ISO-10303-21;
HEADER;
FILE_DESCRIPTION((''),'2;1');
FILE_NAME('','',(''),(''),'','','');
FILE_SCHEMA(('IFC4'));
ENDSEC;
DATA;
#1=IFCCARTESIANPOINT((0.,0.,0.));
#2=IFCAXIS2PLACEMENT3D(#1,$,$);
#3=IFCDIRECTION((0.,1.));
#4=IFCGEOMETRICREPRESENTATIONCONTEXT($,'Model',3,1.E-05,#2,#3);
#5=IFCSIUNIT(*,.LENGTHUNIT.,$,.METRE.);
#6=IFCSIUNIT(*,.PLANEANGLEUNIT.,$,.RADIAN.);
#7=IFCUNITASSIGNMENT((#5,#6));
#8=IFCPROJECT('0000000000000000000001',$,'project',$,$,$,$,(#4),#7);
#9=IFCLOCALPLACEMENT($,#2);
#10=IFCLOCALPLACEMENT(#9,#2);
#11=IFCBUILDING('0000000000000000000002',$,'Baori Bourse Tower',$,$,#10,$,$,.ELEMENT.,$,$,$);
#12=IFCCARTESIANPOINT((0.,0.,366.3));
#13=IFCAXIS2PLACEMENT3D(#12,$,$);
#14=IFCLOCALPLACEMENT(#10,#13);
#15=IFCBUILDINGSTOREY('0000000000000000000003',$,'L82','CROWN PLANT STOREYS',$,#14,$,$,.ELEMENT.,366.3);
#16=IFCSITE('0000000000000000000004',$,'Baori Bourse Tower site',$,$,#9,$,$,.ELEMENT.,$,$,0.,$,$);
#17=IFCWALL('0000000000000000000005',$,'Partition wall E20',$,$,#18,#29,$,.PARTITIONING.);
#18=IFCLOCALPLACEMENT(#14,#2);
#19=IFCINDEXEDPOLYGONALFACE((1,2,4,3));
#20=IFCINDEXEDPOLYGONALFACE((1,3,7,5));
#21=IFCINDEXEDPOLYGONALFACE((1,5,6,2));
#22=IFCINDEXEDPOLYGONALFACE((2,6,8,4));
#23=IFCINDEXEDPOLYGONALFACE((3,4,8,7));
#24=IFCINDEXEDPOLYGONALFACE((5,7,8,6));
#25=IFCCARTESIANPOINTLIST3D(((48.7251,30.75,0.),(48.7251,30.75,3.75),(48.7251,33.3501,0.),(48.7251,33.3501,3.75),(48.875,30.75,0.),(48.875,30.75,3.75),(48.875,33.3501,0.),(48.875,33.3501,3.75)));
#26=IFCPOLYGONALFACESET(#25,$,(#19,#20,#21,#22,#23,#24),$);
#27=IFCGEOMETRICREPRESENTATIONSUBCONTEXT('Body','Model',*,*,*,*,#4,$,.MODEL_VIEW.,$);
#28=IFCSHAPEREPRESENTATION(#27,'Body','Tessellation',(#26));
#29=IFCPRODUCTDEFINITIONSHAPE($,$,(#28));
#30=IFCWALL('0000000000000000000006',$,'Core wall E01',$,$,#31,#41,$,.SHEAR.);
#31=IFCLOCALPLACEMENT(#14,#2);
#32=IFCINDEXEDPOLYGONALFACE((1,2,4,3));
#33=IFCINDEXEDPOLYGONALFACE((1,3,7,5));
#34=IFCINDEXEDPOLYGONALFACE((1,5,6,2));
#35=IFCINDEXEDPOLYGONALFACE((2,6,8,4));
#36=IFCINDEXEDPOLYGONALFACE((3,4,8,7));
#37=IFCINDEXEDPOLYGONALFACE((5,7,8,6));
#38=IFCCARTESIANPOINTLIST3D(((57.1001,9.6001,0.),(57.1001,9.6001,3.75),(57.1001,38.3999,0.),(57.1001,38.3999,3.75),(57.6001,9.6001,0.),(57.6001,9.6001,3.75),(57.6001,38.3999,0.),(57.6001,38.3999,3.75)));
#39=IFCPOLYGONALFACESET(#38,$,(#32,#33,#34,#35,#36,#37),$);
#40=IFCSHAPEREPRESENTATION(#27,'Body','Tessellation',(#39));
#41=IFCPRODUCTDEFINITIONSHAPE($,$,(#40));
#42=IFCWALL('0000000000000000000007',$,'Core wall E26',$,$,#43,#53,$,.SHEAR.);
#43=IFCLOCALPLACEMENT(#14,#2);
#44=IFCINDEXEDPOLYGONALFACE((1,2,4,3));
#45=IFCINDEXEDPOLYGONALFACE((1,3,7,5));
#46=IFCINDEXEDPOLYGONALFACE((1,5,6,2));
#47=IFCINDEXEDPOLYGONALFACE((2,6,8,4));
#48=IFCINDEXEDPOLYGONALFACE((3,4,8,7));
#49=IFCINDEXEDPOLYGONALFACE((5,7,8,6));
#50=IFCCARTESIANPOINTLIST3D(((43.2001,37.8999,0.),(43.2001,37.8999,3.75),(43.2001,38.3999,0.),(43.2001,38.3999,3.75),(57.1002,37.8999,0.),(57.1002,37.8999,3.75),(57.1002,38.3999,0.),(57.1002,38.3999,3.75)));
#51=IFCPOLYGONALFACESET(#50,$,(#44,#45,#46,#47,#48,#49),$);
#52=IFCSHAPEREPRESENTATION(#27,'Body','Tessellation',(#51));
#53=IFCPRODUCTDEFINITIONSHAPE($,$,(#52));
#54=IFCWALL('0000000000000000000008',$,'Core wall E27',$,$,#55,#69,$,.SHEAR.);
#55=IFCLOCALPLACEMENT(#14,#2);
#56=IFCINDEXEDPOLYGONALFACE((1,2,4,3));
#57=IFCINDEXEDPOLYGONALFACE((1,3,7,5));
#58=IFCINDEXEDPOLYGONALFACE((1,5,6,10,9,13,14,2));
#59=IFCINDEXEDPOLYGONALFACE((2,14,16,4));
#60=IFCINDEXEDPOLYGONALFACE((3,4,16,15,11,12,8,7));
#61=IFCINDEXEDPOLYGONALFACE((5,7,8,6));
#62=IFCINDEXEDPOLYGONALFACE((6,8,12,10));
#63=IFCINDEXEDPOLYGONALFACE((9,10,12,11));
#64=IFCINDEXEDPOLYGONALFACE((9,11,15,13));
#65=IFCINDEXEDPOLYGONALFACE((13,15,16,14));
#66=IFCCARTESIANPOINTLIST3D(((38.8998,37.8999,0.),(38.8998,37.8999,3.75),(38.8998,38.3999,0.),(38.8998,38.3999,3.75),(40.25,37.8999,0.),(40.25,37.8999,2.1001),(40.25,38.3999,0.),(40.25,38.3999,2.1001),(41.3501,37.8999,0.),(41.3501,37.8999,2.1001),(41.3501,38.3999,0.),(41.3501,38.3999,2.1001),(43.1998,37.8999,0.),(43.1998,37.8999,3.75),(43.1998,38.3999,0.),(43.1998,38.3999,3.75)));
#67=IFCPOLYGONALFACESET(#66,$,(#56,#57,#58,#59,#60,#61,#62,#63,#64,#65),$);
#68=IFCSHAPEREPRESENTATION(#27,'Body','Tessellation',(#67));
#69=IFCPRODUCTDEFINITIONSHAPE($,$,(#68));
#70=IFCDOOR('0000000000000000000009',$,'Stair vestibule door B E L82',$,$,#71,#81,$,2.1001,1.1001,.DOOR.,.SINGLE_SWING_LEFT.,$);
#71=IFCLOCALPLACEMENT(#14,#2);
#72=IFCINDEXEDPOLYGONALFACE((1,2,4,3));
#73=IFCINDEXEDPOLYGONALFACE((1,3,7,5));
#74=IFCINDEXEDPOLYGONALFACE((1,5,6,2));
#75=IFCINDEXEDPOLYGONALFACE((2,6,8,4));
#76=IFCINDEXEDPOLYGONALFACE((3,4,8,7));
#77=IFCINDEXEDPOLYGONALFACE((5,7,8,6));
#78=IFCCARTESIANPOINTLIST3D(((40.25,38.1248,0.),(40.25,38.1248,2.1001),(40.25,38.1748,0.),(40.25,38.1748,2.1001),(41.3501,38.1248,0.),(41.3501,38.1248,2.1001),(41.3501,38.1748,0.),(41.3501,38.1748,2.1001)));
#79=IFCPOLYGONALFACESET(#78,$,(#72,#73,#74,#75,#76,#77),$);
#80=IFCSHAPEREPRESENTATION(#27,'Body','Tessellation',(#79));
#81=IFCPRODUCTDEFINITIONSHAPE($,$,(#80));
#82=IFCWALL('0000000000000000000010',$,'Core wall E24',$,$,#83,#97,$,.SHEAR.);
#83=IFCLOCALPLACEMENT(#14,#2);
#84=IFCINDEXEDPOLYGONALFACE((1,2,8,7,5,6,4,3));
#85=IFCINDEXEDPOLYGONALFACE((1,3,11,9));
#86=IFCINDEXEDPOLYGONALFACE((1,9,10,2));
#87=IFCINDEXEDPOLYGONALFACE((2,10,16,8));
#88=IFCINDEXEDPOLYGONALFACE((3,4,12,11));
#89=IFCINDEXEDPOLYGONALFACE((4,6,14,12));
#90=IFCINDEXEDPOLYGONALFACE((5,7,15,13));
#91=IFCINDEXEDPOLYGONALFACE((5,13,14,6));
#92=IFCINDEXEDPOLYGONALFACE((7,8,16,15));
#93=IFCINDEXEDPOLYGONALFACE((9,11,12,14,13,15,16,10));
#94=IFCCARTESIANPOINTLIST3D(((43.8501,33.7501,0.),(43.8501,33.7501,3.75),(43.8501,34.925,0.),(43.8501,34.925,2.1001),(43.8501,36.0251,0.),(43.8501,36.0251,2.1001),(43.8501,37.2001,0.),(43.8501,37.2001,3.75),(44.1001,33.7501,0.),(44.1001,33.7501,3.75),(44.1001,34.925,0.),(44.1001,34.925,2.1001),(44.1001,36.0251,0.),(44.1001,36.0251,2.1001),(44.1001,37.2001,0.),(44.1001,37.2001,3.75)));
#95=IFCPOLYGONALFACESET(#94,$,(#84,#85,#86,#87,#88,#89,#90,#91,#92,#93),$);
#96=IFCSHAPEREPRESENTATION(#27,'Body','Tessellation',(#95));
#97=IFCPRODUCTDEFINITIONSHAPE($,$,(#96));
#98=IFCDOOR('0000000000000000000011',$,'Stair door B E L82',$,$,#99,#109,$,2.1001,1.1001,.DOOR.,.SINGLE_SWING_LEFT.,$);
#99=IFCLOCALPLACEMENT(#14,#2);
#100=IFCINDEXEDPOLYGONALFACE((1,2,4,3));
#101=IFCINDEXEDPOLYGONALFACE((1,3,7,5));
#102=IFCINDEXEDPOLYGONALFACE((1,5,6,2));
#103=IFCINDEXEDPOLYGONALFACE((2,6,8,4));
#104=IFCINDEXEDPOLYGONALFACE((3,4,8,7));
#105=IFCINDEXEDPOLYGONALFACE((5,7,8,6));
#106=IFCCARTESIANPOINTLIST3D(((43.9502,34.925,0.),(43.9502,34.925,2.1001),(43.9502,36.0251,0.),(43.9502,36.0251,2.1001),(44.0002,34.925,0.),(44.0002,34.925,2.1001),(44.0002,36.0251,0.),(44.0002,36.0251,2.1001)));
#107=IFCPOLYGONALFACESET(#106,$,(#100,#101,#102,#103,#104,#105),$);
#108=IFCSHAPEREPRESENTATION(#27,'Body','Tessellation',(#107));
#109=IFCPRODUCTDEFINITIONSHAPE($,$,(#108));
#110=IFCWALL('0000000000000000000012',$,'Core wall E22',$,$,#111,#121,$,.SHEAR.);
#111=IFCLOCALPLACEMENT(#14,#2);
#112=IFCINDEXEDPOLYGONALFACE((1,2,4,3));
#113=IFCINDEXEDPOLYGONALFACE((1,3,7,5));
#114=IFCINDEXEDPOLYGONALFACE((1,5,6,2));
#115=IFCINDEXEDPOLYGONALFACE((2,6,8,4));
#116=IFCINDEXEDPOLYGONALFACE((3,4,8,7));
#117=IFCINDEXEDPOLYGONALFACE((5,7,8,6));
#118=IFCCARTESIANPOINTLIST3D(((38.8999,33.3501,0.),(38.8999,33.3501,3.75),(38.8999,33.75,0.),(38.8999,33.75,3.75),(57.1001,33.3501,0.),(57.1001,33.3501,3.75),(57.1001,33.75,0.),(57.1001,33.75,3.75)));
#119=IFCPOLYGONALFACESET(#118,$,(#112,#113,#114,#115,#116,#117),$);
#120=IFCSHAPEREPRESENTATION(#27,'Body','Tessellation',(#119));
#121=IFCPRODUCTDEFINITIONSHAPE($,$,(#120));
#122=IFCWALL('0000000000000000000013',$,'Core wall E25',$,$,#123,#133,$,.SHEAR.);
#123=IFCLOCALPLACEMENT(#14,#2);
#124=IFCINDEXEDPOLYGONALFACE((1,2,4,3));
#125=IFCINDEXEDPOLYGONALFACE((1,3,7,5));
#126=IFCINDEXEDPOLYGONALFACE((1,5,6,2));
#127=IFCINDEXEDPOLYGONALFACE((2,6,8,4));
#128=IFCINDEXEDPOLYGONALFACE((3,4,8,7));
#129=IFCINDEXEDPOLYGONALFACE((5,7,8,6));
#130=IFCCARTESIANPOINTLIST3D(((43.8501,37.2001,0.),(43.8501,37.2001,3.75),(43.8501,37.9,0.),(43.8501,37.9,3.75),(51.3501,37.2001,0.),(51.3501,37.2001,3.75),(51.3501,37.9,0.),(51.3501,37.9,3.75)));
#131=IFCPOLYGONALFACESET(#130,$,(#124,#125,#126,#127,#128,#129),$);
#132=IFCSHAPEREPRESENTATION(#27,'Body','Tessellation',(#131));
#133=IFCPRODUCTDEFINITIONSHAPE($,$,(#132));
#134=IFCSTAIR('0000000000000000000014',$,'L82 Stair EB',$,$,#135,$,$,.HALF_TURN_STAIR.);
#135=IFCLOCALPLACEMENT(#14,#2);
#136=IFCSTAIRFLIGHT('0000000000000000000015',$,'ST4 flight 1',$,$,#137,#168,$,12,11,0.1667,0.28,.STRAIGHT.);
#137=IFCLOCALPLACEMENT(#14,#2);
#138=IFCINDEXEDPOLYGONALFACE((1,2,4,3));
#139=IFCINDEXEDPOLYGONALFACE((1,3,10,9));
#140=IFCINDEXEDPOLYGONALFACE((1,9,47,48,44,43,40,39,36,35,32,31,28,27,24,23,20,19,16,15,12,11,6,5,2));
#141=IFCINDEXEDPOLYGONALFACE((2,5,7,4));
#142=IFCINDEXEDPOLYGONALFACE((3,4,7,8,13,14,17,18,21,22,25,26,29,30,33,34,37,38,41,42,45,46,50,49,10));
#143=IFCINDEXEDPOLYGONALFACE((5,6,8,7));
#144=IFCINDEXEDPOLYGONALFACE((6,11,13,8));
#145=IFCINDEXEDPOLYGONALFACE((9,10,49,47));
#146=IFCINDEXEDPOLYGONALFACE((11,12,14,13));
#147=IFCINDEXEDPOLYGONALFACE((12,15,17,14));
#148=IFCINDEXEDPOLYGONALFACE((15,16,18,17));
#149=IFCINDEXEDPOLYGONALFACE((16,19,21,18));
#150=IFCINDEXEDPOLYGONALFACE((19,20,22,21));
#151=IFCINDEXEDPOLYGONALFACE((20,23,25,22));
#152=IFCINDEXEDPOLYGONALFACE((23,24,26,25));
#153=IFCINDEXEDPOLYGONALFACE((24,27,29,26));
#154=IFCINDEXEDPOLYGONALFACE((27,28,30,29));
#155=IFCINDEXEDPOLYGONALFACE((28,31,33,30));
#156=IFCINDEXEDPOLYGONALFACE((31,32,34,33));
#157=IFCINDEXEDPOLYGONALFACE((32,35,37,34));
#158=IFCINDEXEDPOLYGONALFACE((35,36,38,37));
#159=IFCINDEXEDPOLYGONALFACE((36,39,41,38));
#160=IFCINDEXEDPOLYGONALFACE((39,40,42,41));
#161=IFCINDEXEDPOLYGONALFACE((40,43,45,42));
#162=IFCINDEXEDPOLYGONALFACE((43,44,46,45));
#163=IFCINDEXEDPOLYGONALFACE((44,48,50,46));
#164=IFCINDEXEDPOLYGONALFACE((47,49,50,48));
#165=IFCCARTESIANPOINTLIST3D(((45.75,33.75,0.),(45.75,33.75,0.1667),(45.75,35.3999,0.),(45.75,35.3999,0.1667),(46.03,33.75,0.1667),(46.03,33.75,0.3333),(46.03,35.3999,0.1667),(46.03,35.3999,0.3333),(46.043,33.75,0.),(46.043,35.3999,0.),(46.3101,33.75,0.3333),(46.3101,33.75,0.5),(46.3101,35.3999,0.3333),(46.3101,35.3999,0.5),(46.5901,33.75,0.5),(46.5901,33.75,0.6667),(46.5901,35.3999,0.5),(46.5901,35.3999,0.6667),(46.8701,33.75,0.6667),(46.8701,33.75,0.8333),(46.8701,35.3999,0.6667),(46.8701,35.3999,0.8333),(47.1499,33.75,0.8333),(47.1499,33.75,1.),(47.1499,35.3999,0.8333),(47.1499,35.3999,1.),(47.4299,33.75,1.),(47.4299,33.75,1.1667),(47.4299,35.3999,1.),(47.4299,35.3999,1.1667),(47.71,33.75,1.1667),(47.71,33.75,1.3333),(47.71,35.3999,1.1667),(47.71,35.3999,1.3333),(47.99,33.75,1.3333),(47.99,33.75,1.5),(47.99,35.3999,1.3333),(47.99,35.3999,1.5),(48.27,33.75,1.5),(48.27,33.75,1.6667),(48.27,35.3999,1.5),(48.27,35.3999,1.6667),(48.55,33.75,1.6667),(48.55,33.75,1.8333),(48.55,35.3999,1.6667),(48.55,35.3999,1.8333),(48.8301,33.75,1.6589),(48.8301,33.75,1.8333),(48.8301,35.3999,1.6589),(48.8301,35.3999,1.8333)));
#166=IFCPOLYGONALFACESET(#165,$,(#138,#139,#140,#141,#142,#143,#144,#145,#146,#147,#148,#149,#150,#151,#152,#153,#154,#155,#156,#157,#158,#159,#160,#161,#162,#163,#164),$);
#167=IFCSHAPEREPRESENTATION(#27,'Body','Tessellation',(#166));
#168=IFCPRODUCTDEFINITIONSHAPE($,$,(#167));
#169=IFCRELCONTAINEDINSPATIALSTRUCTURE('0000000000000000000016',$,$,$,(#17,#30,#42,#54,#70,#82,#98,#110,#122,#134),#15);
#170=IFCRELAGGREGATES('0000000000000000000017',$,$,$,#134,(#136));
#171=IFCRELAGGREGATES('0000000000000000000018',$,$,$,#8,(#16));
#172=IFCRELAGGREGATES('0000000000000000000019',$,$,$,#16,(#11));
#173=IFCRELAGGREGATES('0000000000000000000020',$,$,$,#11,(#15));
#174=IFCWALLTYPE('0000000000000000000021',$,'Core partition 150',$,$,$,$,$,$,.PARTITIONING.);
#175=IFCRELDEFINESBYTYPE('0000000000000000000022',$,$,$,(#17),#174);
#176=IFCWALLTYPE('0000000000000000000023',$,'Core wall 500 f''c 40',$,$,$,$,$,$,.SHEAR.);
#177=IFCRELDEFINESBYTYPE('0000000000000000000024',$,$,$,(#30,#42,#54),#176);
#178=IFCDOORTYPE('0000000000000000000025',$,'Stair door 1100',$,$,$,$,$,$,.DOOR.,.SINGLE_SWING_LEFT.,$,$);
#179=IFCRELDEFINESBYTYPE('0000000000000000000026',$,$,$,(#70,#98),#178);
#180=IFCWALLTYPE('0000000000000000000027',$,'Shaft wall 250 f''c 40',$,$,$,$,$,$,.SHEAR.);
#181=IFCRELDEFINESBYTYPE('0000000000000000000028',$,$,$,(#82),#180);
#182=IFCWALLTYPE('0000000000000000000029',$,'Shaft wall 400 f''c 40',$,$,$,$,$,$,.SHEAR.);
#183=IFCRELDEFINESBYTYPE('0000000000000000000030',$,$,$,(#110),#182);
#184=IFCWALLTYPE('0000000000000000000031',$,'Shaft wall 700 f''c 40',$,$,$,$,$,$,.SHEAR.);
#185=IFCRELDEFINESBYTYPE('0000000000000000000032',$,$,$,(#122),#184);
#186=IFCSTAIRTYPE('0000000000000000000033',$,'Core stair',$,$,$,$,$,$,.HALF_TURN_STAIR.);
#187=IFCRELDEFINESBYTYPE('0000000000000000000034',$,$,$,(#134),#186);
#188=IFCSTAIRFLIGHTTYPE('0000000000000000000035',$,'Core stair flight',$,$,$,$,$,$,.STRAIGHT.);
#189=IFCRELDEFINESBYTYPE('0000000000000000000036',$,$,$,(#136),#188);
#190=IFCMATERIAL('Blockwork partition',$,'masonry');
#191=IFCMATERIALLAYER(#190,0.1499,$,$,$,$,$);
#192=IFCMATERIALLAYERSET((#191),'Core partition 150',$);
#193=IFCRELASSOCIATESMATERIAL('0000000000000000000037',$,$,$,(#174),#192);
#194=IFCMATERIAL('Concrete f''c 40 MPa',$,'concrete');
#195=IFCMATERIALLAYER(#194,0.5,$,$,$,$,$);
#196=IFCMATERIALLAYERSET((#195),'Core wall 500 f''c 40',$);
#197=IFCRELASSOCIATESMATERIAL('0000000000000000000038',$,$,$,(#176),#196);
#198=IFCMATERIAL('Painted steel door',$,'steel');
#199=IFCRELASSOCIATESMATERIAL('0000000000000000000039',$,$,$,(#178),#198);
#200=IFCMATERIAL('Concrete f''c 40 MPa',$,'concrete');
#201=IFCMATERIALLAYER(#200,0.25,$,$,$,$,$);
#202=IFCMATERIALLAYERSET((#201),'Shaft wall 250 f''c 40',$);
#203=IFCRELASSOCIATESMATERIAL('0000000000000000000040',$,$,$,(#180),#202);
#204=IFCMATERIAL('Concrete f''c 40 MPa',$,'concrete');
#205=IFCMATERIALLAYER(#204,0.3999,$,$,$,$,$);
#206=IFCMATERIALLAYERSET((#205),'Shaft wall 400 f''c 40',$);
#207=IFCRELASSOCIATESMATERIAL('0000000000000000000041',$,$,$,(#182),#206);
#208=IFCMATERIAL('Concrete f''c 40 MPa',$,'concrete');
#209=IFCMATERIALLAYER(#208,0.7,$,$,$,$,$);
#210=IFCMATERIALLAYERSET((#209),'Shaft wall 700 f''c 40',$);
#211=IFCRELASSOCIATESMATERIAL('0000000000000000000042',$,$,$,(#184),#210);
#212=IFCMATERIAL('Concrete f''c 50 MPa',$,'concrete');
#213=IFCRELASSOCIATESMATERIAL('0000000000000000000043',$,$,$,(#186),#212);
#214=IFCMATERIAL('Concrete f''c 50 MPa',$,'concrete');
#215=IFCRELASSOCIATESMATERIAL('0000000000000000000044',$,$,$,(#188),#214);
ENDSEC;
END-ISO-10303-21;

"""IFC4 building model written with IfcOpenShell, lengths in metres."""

from ifc_helpers import new_model, si_unit, direction, frame, frame_2d, origin, place, context, subcontext, project, spatial, polyline, rectangle, outline, extrude, material, layer, layer_set, type_object, element, fill, aggregate, save


model = new_model("IFC4")

# Units and contexts
model_context = context("Model", 3, precision=1e-05, world=origin(), true_north=direction((0.0, 1.0)))
body_context = subcontext(model_context, "Body", "Model", "MODEL_VIEW")
ifc_project = project(units=[si_unit("LENGTHUNIT", "METRE"), si_unit("PLANEANGLEUNIT", "RADIAN")], contexts=[model_context])

# Site, building, storey
site_placement = place(None, origin())
site = spatial("IfcSite", under=ifc_project, at=site_placement, Name="Baori Bourse Tower site", CompositionType="ELEMENT", RefElevation=0.0)
building_placement = place(site_placement, origin())
building = spatial("IfcBuilding", under=site, at=building_placement, Name="Baori Bourse Tower", CompositionType="ELEMENT")
storey_placement = place(building_placement, frame((0.0, 0.0, 366.3)))
storey = spatial("IfcBuildingStorey", under=building, at=storey_placement, Name="L82", Description="CROWN PLANT STOREYS", CompositionType="ELEMENT", Elevation=366.3)

# Walls
ifc_material_1 = material(Name="Blockwork partition", Category="masonry")
ifc_layer_1 = layer(ifc_material_1, 0.1499)
ifc_layer_set_1 = layer_set([ifc_layer_1], Name="Core partition 150")
wall_type_1 = type_object("IfcWallType", Name="Core partition 150", PredefinedType="PARTITIONING", material=ifc_layer_set_1)
wall_1_placement = place(storey_placement, frame((48.8, 30.75, 0.0), z_axis=(0.0, 0.0, 1.0), x_axis=(0.0, 1.0, 0.0)))
element("IfcWall", 1, at=wall_1_placement, inside=storey, type_object=wall_type_1, Name="Partition wall E20", PredefinedType="PARTITIONING", context=body_context, shape_type="SweptSolid", body=[
    extrude(rectangle(XDim=2.6001, YDim=0.1499, at=frame_2d((1.3, 0.0))), origin(), (0.0, 0.0, 1.0), 3.75),
])
ifc_material_2 = material(Name="Concrete f'c 40 MPa", Category="concrete")
ifc_layer_2 = layer(ifc_material_2, 0.5)
ifc_layer_set_2 = layer_set([ifc_layer_2], Name="Core wall 500 f'c 40")
wall_type_2 = type_object("IfcWallType", Name="Core wall 500 f'c 40", PredefinedType="SHEAR", material=ifc_layer_set_2)
wall_2_placement = place(storey_placement, frame((57.3501, 38.3999, 0.0), z_axis=(0.0, 0.0, 1.0), x_axis=(0.0, -1.0, 0.0)))
element("IfcWall", 2, at=wall_2_placement, inside=storey, type_object=wall_type_2, Name="Core wall E01", PredefinedType="SHEAR", context=body_context, shape_type="SweptSolid", body=[
    extrude(rectangle(XDim=28.7998, YDim=0.5, at=frame_2d((14.3999, 0.0))), origin(), (0.0, 0.0, 1.0), 3.75),
])
wall_3_placement = place(storey_placement, frame((43.2, 38.1499, 0.0), z_axis=(0.0, 0.0, 1.0), x_axis=(1.0, 0.0, 0.0)))
element("IfcWall", 3, at=wall_3_placement, inside=storey, type_object=wall_type_2, Name="Core wall E26", PredefinedType="SHEAR", context=body_context, shape_type="SweptSolid", body=[
    extrude(rectangle(XDim=13.9001, YDim=0.5, at=frame_2d((6.9502, 0.0))), origin(), (0.0, 0.0, 1.0), 3.75),
])

# Walls, openings, doors
wall_4_placement = place(storey_placement, frame((38.8999, 38.1499, 0.0), z_axis=(0.0, 0.0, 1.0), x_axis=(1.0, 0.0, 0.0)))
wall_4 = element("IfcWall", 4, at=wall_4_placement, inside=storey, type_object=wall_type_2, Name="Core wall E27", PredefinedType="SHEAR", context=body_context, shape_type="SweptSolid", body=[
    extrude(rectangle(XDim=4.3, YDim=0.5, at=frame_2d((2.1499, 0.0))), origin(), (0.0, 0.0, 1.0), 3.75),
])
opening_1_placement = place(wall_4_placement, frame((1.3501, 0.0, 0.0)))
opening_1 = element("IfcOpeningElement", 5, at=opening_1_placement, cuts=wall_4, PredefinedType="OPENING", context=body_context, shape_type="SweptSolid", body=[
    extrude(rectangle(XDim=1.1001, YDim=2.1001, at=frame_2d((0.55, 1.05))), frame((0.0, 0.26, 0.0), z_axis=(0.0, -1.0, 0.0), x_axis=(1.0, 0.0, 0.0)), (0.0, 0.0, 1.0), 0.52),
])
ifc_material_3 = material(Name="Painted steel door", Category="steel")
door_type = type_object("IfcDoorType", Name="Stair door 1100", OperationType="SINGLE_SWING_LEFT", PredefinedType="DOOR", material=ifc_material_3)
door_1_placement = place(opening_1_placement, origin())
door_1 = element("IfcDoor", 6, at=door_1_placement, inside=storey, type_object=door_type, Name="Stair vestibule door B E L82", OperationType="SINGLE_SWING_LEFT", OverallHeight=2.1001, OverallWidth=1.1001, PredefinedType="DOOR", context=body_context, shape_type="SweptSolid", body=[
    extrude(rectangle(XDim=1.1001, YDim=2.1001, at=frame_2d((0.55, 1.05))), frame((0.0, 0.0249, 0.0), z_axis=(0.0, -1.0, 0.0), x_axis=(1.0, 0.0, 0.0)), (0.0, 0.0, 1.0), 0.05),
])
fill(opening_1, door_1)
ifc_material_4 = material(Name="Concrete f'c 40 MPa", Category="concrete")
ifc_layer_3 = layer(ifc_material_4, 0.25)
ifc_layer_set_3 = layer_set([ifc_layer_3], Name="Shaft wall 250 f'c 40")
wall_type_3 = type_object("IfcWallType", Name="Shaft wall 250 f'c 40", PredefinedType="SHEAR", material=ifc_layer_set_3)
wall_5_placement = place(storey_placement, frame((43.9751, 33.75, 0.0), z_axis=(0.0, 0.0, 1.0), x_axis=(0.0, 1.0, 0.0)))
wall_5 = element("IfcWall", 7, at=wall_5_placement, inside=storey, type_object=wall_type_3, Name="Core wall E24", PredefinedType="SHEAR", context=body_context, shape_type="SweptSolid", body=[
    extrude(rectangle(XDim=3.45, YDim=0.25, at=frame_2d((1.7251, 0.0))), origin(), (0.0, 0.0, 1.0), 3.75),
])
opening_2_placement = place(wall_5_placement, frame((1.175, 0.0, 0.0)))
opening_2 = element("IfcOpeningElement", 8, at=opening_2_placement, cuts=wall_5, PredefinedType="OPENING", context=body_context, shape_type="SweptSolid", body=[
    extrude(rectangle(XDim=1.1001, YDim=2.1001, at=frame_2d((0.55, 1.05))), frame((0.0, 0.135, 0.0), z_axis=(0.0, -1.0, 0.0), x_axis=(1.0, 0.0, 0.0)), (0.0, 0.0, 1.0), 0.27),
])
door_2_placement = place(opening_2_placement, origin())
door_2 = element("IfcDoor", 9, at=door_2_placement, inside=storey, type_object=door_type, Name="Stair door B E L82", OperationType="SINGLE_SWING_LEFT", OverallHeight=2.1001, OverallWidth=1.1001, PredefinedType="DOOR", context=body_context, shape_type="SweptSolid", body=[
    extrude(rectangle(XDim=1.1001, YDim=2.1001, at=frame_2d((0.55, 1.05))), frame((0.0, 0.0249, 0.0), z_axis=(0.0, -1.0, 0.0), x_axis=(1.0, 0.0, 0.0)), (0.0, 0.0, 1.0), 0.05),
])
fill(opening_2, door_2)

# Walls
ifc_material_5 = material(Name="Concrete f'c 40 MPa", Category="concrete")
ifc_layer_4 = layer(ifc_material_5, 0.3999)
ifc_layer_set_4 = layer_set([ifc_layer_4], Name="Shaft wall 400 f'c 40")
wall_type_4 = type_object("IfcWallType", Name="Shaft wall 400 f'c 40", PredefinedType="SHEAR", material=ifc_layer_set_4)
wall_6_placement = place(storey_placement, frame((38.8999, 33.55, 0.0), z_axis=(0.0, 0.0, 1.0), x_axis=(1.0, 0.0, 0.0)))
element("IfcWall", 10, at=wall_6_placement, inside=storey, type_object=wall_type_4, Name="Core wall E22", PredefinedType="SHEAR", context=body_context, shape_type="SweptSolid", body=[
    extrude(rectangle(XDim=18.2002, YDim=0.3999, at=frame_2d((9.1001, 0.0))), origin(), (0.0, 0.0, 1.0), 3.75),
])
ifc_material_6 = material(Name="Concrete f'c 40 MPa", Category="concrete")
ifc_layer_5 = layer(ifc_material_6, 0.7)
ifc_layer_set_5 = layer_set([ifc_layer_5], Name="Shaft wall 700 f'c 40")
wall_type_5 = type_object("IfcWallType", Name="Shaft wall 700 f'c 40", PredefinedType="SHEAR", material=ifc_layer_set_5)
wall_7_placement = place(storey_placement, frame((43.8501, 37.55, 0.0), z_axis=(0.0, 0.0, 1.0), x_axis=(1.0, 0.0, 0.0)))
element("IfcWall", 11, at=wall_7_placement, inside=storey, type_object=wall_type_5, Name="Core wall E25", PredefinedType="SHEAR", context=body_context, shape_type="SweptSolid", body=[
    extrude(rectangle(XDim=7.5, YDim=0.7, at=frame_2d((3.75, 0.0))), origin(), (0.0, 0.0, 1.0), 3.75),
])

# Stair, stair flight
ifc_material_7 = material(Name="Concrete f'c 50 MPa", Category="concrete")
stair_type = type_object("IfcStairType", Name="Core stair", PredefinedType="HALF_TURN_STAIR", material=ifc_material_7)
stair_placement = place(storey_placement, origin())
stair = element("IfcStair", 12, at=stair_placement, inside=storey, type_object=stair_type, Name="L82 Stair EB", PredefinedType="HALF_TURN_STAIR")
ifc_material_8 = material(Name="Concrete f'c 50 MPa", Category="concrete")
stair_flight_type = type_object("IfcStairFlightType", Name="Core stair flight", PredefinedType="STRAIGHT", material=ifc_material_8)
stair_flight_1_placement = place(storey_placement, frame((45.75, 34.575, 0.0), z_axis=(0.0, 0.0, 1.0), x_axis=(1.0, 0.0, 0.0)))
stair_flight_1 = element("IfcStairFlight", 13, at=stair_flight_1_placement, type_object=stair_flight_type, Name="ST4 flight 1", NumberOfRisers=12, NumberOfTreads=11, PredefinedType="STRAIGHT", RiserHeight=0.1667, TreadLength=0.28, context=body_context, shape_type="SweptSolid", body=[
    extrude(outline(polyline([(0.0, 0.0), (0.0, 0.1667), (0.28, 0.1667), (0.28, 0.3333), (0.5601, 0.3333), (0.5601, 0.5), (0.8401, 0.5), (0.8401, 0.6667), (1.1201, 0.6667), (1.1201, 0.8333), (1.3999, 0.8333), (1.3999, 1.0), (1.6799, 1.0), (1.6799, 1.1667), (1.96, 1.1667), (1.96, 1.3333), (2.24, 1.3333), (2.24, 1.5), (2.52, 1.5), (2.52, 1.6667), (2.8, 1.6667), (2.8, 1.8333), (3.0801, 1.8333), (3.0801, 2.0), (3.0801, 1.6589), (0.293, 0.0), (0.0, 0.0)])), frame((0.0, 0.825, 0.0), z_axis=(0.0, -1.0, 0.0), x_axis=(1.0, 0.0, 0.0)), (0.0, 0.0, 1.0), 1.6499),
])
aggregate(stair, [stair_flight_1])

save(model, "model.ifc")
